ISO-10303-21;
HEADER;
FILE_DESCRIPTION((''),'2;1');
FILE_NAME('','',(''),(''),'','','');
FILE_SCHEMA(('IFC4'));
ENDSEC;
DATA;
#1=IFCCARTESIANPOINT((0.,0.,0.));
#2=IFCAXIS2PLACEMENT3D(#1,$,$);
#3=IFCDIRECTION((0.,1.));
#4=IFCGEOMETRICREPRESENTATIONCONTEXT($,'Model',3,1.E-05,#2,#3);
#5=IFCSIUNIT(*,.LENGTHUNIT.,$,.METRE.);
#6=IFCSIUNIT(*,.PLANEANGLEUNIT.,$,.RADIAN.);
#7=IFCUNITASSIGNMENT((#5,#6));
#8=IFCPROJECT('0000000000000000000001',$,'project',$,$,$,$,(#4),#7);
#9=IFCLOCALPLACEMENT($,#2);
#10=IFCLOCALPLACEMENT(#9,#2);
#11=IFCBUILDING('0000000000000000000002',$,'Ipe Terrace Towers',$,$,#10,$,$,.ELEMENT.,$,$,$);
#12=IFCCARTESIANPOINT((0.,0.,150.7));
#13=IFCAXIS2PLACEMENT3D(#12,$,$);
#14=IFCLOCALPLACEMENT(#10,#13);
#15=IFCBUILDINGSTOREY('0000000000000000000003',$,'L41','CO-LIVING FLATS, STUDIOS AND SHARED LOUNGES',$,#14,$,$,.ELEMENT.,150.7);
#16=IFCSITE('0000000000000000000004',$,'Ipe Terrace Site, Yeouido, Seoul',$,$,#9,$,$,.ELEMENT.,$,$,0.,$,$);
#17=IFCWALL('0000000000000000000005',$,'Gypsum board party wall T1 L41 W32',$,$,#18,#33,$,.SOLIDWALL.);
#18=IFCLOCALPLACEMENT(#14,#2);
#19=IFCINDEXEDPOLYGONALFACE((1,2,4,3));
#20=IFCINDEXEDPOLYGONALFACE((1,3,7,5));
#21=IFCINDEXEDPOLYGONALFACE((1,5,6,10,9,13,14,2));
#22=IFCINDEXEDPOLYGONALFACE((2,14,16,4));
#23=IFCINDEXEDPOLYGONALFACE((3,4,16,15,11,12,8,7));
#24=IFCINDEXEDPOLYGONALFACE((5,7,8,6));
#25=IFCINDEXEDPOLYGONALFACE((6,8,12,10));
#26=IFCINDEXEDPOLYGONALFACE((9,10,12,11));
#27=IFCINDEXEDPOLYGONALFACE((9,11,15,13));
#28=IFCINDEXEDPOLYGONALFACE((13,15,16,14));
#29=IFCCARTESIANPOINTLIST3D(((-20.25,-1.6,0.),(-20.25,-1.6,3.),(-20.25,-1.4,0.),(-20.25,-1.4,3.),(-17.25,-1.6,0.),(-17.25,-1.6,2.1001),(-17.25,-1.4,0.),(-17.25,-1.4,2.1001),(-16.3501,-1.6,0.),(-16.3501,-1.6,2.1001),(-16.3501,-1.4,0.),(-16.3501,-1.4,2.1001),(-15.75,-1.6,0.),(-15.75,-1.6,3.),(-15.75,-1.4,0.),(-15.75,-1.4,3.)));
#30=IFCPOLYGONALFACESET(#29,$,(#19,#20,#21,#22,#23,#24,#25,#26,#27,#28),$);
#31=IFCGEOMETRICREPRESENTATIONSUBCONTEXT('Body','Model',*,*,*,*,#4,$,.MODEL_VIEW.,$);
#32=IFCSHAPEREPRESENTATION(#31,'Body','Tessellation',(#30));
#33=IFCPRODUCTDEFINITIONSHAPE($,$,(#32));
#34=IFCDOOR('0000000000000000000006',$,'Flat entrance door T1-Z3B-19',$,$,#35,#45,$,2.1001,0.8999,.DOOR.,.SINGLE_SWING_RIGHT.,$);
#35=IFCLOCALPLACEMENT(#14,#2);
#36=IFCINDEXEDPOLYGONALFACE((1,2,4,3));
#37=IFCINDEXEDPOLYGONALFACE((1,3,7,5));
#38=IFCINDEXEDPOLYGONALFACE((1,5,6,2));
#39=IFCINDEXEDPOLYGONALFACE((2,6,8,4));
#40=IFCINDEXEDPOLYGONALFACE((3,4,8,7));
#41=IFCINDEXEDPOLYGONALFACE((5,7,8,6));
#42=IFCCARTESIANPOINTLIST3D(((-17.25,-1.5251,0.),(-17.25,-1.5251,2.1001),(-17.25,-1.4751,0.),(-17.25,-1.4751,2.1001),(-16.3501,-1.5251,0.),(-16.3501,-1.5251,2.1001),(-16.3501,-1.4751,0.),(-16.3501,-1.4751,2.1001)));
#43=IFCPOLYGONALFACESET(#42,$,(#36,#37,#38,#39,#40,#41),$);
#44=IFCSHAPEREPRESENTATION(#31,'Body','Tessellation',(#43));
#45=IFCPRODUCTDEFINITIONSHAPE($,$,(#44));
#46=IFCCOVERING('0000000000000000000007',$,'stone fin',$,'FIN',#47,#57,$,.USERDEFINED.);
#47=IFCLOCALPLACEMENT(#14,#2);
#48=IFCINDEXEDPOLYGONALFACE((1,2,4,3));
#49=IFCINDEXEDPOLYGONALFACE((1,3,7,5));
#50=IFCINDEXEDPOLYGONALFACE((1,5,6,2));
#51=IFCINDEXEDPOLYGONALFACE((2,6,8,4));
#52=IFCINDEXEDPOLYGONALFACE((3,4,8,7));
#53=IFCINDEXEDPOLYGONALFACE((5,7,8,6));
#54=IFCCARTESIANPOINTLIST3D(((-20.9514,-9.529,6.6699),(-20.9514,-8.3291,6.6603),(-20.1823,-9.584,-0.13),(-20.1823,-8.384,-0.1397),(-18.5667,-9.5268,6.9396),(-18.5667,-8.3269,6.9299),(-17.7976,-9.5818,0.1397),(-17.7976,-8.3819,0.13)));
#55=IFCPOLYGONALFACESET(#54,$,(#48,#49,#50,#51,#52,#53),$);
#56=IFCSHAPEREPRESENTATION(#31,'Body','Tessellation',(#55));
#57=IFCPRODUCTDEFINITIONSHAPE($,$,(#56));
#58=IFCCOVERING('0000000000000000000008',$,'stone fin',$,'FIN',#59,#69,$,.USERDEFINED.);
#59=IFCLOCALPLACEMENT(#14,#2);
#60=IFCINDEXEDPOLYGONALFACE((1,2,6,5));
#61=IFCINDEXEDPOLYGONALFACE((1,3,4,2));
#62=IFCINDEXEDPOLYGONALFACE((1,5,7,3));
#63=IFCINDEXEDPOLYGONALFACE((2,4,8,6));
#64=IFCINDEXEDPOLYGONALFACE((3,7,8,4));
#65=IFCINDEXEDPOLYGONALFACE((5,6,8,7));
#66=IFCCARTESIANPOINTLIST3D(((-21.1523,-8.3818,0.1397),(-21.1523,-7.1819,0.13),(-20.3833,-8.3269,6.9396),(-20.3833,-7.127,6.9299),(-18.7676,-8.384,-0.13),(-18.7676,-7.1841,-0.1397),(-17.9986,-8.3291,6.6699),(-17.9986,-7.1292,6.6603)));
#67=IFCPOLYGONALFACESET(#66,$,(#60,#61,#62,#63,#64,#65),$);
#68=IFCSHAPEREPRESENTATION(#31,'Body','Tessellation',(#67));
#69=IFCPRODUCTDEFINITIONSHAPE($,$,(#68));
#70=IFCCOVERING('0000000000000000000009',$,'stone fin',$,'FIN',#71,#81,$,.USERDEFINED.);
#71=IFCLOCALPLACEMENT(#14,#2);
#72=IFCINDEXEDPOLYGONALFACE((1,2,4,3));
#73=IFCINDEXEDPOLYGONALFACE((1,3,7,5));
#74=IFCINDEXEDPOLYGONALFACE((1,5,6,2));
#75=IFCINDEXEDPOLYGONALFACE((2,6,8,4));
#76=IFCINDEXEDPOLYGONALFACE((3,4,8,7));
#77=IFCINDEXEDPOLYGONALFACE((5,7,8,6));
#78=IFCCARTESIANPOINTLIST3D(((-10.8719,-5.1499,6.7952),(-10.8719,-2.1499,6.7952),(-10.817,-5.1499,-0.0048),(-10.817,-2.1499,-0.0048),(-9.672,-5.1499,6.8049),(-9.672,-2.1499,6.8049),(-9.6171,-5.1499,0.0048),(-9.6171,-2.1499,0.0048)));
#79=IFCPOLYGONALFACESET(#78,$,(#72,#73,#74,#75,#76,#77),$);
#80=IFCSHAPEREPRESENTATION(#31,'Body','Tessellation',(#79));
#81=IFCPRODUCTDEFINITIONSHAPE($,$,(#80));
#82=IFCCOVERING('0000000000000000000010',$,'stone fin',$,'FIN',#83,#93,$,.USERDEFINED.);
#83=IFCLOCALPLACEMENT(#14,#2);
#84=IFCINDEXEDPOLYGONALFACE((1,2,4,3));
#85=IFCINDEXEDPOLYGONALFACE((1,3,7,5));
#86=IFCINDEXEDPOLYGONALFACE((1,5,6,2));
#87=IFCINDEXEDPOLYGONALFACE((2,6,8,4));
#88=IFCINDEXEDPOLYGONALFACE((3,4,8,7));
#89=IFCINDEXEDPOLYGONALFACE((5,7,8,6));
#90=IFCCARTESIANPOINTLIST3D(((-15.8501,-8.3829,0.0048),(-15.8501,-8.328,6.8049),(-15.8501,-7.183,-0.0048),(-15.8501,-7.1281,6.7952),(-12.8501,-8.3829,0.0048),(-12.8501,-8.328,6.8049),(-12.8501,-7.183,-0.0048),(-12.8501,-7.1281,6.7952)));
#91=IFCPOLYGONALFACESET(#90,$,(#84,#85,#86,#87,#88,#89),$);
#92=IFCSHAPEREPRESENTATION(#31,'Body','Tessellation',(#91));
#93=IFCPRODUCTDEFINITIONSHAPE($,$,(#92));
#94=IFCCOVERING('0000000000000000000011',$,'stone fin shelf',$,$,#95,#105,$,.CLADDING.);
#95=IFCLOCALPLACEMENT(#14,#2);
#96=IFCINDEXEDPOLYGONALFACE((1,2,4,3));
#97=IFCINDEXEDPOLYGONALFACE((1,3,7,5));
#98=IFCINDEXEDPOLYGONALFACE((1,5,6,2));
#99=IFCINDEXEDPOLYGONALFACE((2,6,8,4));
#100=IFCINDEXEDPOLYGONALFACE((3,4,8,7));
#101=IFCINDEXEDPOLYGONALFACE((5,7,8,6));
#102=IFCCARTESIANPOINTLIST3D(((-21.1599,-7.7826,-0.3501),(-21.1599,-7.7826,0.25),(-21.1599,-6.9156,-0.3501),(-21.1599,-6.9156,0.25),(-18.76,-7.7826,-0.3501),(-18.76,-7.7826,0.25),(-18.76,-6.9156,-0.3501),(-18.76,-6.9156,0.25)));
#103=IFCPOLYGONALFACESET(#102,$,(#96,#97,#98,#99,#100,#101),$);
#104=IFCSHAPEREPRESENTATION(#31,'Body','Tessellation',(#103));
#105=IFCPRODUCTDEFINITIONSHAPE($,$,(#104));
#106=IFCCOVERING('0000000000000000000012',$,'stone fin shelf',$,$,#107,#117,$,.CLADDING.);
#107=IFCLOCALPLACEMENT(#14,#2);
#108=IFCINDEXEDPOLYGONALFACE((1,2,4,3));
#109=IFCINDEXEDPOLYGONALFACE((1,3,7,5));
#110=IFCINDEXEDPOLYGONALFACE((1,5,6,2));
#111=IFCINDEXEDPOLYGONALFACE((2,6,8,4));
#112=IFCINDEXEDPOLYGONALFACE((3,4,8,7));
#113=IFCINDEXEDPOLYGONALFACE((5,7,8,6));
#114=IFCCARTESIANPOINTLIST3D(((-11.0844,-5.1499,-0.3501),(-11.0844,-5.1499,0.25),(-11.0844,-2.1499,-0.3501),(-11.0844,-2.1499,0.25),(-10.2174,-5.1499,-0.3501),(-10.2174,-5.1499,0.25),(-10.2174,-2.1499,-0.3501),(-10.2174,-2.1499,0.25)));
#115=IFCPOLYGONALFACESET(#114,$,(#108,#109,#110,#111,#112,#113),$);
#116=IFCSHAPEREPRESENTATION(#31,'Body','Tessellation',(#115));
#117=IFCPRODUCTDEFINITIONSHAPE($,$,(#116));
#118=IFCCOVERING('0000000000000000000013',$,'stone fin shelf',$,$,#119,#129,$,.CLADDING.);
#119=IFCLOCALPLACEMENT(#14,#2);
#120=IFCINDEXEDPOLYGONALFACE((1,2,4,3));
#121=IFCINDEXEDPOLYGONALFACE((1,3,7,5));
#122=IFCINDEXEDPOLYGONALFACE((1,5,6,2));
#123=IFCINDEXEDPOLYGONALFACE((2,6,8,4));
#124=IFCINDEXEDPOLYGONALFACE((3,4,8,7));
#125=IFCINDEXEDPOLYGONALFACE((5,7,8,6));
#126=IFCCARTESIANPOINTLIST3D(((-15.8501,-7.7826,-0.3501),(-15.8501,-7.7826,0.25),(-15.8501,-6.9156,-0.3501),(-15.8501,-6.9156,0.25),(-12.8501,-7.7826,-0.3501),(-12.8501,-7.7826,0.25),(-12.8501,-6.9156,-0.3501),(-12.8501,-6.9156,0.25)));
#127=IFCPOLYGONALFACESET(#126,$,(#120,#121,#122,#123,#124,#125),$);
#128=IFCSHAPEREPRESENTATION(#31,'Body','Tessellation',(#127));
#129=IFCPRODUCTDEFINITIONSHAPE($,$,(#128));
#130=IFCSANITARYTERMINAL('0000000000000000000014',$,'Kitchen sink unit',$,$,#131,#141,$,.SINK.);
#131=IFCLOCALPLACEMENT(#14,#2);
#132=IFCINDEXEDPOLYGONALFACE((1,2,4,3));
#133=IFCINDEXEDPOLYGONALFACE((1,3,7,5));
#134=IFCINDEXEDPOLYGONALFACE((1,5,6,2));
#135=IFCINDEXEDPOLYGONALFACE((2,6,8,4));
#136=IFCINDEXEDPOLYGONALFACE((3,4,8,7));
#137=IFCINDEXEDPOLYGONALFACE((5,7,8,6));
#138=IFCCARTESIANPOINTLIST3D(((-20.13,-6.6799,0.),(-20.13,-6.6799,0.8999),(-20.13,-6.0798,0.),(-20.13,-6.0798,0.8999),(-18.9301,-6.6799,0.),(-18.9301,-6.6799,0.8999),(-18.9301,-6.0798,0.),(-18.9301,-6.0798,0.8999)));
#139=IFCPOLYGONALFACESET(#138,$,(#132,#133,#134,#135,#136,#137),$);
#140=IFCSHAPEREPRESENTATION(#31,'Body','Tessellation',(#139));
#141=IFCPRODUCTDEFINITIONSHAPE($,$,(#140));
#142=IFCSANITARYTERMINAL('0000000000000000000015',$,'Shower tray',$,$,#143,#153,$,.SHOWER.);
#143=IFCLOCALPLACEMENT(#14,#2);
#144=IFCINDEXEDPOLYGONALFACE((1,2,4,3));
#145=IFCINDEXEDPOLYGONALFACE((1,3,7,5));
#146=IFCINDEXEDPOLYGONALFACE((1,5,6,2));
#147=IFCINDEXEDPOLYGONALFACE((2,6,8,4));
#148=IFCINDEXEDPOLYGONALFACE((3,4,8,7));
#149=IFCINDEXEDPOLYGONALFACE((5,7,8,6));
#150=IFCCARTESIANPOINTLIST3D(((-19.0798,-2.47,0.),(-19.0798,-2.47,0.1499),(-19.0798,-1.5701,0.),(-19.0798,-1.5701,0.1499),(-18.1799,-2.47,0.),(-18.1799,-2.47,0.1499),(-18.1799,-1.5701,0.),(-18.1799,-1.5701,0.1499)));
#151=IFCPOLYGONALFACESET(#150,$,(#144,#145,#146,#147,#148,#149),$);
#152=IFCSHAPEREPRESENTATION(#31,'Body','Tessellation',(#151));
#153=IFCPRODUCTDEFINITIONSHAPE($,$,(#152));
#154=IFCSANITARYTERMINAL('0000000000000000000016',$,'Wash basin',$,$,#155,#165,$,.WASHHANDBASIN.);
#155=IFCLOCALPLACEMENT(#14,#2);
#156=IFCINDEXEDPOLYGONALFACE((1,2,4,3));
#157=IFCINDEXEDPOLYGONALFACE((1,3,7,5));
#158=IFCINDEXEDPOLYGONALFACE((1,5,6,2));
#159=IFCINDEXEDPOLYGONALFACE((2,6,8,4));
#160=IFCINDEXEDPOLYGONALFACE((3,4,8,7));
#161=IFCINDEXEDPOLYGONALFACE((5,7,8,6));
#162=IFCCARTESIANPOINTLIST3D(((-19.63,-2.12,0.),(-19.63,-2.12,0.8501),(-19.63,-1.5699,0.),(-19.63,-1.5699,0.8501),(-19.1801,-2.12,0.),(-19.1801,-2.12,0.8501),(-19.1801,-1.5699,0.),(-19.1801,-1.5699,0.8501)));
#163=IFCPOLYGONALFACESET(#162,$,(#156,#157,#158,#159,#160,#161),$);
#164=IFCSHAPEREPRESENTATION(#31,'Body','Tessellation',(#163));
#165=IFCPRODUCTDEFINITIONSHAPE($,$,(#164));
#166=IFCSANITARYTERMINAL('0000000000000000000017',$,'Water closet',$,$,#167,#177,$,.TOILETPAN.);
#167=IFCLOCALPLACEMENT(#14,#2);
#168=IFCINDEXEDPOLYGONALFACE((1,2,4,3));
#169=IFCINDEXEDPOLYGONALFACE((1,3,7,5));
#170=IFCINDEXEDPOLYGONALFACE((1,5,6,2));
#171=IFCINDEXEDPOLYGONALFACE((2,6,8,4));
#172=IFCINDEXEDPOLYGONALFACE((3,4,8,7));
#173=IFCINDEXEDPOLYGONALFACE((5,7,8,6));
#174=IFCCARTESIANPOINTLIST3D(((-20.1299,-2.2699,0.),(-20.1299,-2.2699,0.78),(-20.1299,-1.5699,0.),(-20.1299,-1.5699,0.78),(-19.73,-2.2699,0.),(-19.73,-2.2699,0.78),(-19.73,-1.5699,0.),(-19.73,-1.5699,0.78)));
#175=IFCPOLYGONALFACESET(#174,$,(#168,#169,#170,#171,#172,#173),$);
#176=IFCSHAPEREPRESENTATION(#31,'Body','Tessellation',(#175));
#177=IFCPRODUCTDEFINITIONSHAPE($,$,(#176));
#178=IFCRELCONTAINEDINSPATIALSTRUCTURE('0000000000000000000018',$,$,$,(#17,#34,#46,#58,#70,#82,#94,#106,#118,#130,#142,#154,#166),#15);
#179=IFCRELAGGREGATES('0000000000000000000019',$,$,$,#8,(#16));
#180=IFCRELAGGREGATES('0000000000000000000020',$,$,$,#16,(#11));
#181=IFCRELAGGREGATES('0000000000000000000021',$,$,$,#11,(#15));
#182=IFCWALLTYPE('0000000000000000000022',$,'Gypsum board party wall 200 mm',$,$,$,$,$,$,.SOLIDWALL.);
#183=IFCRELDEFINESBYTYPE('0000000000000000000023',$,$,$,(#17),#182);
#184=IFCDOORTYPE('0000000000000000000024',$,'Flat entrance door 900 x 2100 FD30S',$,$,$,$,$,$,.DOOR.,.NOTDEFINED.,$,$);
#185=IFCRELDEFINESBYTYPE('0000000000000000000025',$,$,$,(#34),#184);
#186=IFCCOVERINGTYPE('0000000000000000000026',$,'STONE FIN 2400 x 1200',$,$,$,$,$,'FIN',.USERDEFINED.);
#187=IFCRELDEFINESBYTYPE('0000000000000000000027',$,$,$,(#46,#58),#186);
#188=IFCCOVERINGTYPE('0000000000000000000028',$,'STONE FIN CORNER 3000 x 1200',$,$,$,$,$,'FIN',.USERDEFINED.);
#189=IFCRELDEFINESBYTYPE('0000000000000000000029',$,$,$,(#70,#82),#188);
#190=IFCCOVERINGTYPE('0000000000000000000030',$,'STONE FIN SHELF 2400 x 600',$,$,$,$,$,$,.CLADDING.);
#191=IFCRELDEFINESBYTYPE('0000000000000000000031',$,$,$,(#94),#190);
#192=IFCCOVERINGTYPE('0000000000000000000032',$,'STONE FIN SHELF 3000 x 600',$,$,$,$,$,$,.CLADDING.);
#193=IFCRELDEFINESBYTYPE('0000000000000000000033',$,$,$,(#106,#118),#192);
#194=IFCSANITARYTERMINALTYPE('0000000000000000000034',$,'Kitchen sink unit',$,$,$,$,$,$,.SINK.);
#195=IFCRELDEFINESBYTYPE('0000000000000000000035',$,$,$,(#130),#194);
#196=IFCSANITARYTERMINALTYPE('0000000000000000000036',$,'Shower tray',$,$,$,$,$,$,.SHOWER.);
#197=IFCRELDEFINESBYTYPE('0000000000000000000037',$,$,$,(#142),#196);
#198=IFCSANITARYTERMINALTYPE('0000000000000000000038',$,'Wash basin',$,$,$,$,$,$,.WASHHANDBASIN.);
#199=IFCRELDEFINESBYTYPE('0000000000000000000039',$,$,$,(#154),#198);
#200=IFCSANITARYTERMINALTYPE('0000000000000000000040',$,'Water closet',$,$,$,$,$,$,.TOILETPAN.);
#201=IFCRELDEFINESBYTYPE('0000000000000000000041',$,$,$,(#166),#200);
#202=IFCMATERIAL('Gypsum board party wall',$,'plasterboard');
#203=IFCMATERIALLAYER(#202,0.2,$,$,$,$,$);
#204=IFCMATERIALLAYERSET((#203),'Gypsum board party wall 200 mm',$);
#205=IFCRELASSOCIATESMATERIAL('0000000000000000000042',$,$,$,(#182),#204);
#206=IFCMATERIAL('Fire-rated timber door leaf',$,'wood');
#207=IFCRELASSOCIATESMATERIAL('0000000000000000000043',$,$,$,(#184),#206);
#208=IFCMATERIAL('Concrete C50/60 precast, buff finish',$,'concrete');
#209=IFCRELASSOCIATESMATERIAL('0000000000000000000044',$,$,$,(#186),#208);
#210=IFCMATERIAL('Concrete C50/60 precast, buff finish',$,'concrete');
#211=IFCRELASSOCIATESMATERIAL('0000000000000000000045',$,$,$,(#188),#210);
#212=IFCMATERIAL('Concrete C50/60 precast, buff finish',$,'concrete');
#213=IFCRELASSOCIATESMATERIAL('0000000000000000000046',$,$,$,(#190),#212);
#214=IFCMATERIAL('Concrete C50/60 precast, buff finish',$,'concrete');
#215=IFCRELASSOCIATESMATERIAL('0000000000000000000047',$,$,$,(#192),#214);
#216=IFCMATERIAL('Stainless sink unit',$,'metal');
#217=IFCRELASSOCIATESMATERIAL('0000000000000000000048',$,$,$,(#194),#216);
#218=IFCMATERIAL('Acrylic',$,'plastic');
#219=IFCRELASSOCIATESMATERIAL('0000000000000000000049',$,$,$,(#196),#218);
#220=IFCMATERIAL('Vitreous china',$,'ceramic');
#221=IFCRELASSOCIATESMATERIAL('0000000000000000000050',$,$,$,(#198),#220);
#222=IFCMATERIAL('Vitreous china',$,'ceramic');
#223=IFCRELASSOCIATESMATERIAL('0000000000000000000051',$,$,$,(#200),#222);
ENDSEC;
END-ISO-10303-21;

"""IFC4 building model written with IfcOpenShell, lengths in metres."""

from ifc_helpers import new_model, si_unit, direction, frame, frame_2d, origin, origin_2d, place, context, subcontext, project, spatial, rectangle, extrude, material, layer, layer_set, material_profile, profile_set, type_object, element, fill, save


model = new_model("IFC4")

# Units and contexts
model_context = context("Model", 3, precision=1e-05, world=origin(), true_north=direction((0.0, 1.0)))
body_context = subcontext(model_context, "Body", "Model", "MODEL_VIEW")
ifc_project = project(units=[si_unit("LENGTHUNIT", "METRE"), si_unit("PLANEANGLEUNIT", "RADIAN")], contexts=[model_context])

# Site, building, storey
site_placement = place(None, origin())
site = spatial("IfcSite", under=ifc_project, at=site_placement, Name="Ipe Terrace Site, Yeouido, Seoul", CompositionType="ELEMENT", RefElevation=0.0)
building_placement = place(site_placement, origin())
building = spatial("IfcBuilding", under=site, at=building_placement, Name="Ipe Terrace Towers", CompositionType="ELEMENT")
storey_placement = place(building_placement, frame((0.0, 0.0, 150.7)))
storey = spatial("IfcBuildingStorey", under=building, at=storey_placement, Name="L41", Description="CO-LIVING FLATS, STUDIOS AND SHARED LOUNGES", CompositionType="ELEMENT", Elevation=150.7)

# Shared definitions
ifc_material_1 = material(Name="Gypsum board party wall", Category="plasterboard")
ifc_layer_1 = layer(ifc_material_1, 0.2)
ifc_layer_set_1 = layer_set([ifc_layer_1], Name="Gypsum board party wall 200 mm")
wall_type_1 = type_object("IfcWallType", Name="Gypsum board party wall 200 mm", PredefinedType="SOLIDWALL", material=ifc_layer_set_1)

# Wall, opening, door
wall_1_placement = place(storey_placement, frame((-20.25, -1.5, 0.0), z_axis=(0.0, 0.0, 1.0), x_axis=(1.0, 0.0, 0.0)))
wall_1 = element("IfcWall", 1, at=wall_1_placement, inside=storey, type_object=wall_type_1, Name="Gypsum board party wall T1 L41 W32", PredefinedType="SOLIDWALL", context=body_context, shape_type="SweptSolid", body=[
    extrude(rectangle(XDim=4.5, YDim=0.2, at=frame_2d((2.25, 0.0))), origin(), (0.0, 0.0, 1.0), 3.0),
])
opening_1_placement = place(wall_1_placement, frame((3.0, 0.0, 0.0)))
opening_1 = element("IfcOpeningElement", 2, at=opening_1_placement, cuts=wall_1, PredefinedType="OPENING", context=body_context, shape_type="SweptSolid", body=[
    extrude(rectangle(XDim=0.8999, YDim=2.1001, at=frame_2d((0.45, 1.05))), frame((0.0, 0.1099, 0.0), z_axis=(0.0, -1.0, 0.0), x_axis=(1.0, 0.0, 0.0)), (0.0, 0.0, 1.0), 0.22),
])
ifc_material_2 = material(Name="Fire-rated timber door leaf", Category="wood")
door_type_1 = type_object("IfcDoorType", Name="Flat entrance door 900 x 2100 FD30S", OperationType="NOTDEFINED", PredefinedType="DOOR", material=ifc_material_2)
door_1_placement = place(opening_1_placement, origin())
door_1 = element("IfcDoor", 3, at=door_1_placement, inside=storey, type_object=door_type_1, Name="Flat entrance door T1-Z3B-19", OperationType="SINGLE_SWING_RIGHT", OverallHeight=2.1001, OverallWidth=0.8999, PredefinedType="DOOR", context=body_context, shape_type="SweptSolid", body=[
    extrude(rectangle(XDim=0.8999, YDim=2.1001, at=frame_2d((0.45, 1.05))), frame((0.0, 0.0249, 0.0), z_axis=(0.0, -1.0, 0.0), x_axis=(1.0, 0.0, 0.0)), (0.0, 0.0, 1.0), 0.05),
])
fill(opening_1, door_1)

# Coverings
ifc_material_3 = material(Name="Concrete C50/60 precast, buff finish", Category="concrete")
ifc_material_profile_1 = material_profile(ifc_material_3, rectangle(XDim=2.3999, YDim=1.2, at=origin_2d()), Name="STONE FIN 2400 x 1200")
ifc_profile_set_1 = profile_set([ifc_material_profile_1], Name="Concrete C50/60 precast, buff finish")
covering_type_1 = type_object("IfcCoveringType", Name="STONE FIN 2400 x 1200", ElementType="FIN", PredefinedType="USERDEFINED", material=ifc_profile_set_1)
for number, where, z_axis, x_axis, name in (
    (4, (-18.99, -8.9829, 0.0), (-0.112374, 0.008027, 0.993634), (0.993666, 0.000908, 0.11237), "stone fin"),
    (5, (-19.96, -7.783, 0.0), (0.112374, 0.008027, 0.993634), (0.993666, -0.000908, -0.11237), "stone fin"),
):
    element("IfcCovering", number, at=place(storey_placement, frame(where, z_axis=z_axis, x_axis=x_axis)), inside=storey, type_object=covering_type_1, Name=name, ObjectType="FIN", PredefinedType="USERDEFINED", context=body_context, shape_type="SweptSolid", body=[
        extrude(rectangle(XDim=2.3999, YDim=1.2, at=origin_2d()), origin(), (0.0, 0.0, 1.0), 6.8435),
    ])
ifc_material_4 = material(Name="Concrete C50/60 precast, buff finish", Category="concrete")
ifc_material_profile_2 = material_profile(ifc_material_4, rectangle(XDim=3.0, YDim=1.2, at=origin_2d()), Name="STONE FIN CORNER 3000 x 1200")
ifc_profile_set_2 = profile_set([ifc_material_profile_2], Name="Concrete C50/60 precast, buff finish")
covering_type_2 = type_object("IfcCoveringType", Name="STONE FIN CORNER 3000 x 1200", ElementType="FIN", PredefinedType="USERDEFINED", material=ifc_profile_set_2)
for number, where, z_axis, x_axis, name in (
    (6, (-10.217, -3.6499, 0.0), (-0.008078, 0.0, 0.999967), (0.0, 1.0, 0.0), "stone fin"),
    (7, (-14.3501, -7.783, 0.0), (0.0, 0.008078, 0.999967), (1.0, 0.0, 0.0), "stone fin"),
):
    element("IfcCovering", number, at=place(storey_placement, frame(where, z_axis=z_axis, x_axis=x_axis)), inside=storey, type_object=covering_type_2, Name=name, ObjectType="FIN", PredefinedType="USERDEFINED", context=body_context, shape_type="SweptSolid", body=[
        extrude(rectangle(XDim=3.0, YDim=1.2, at=origin_2d()), origin(), (0.0, 0.0, 1.0), 6.8003),
    ])
ifc_material_5 = material(Name="Concrete C50/60 precast, buff finish", Category="concrete")
covering_type_3 = type_object("IfcCoveringType", Name="STONE FIN SHELF 2400 x 600", PredefinedType="CLADDING", material=ifc_material_5)
covering_placement = place(storey_placement, frame((-19.96, -7.3491, -0.3501), z_axis=(0.0, 0.0, 1.0), x_axis=(1.0, 0.0, 0.0)))
element("IfcCovering", 8, at=covering_placement, inside=storey, type_object=covering_type_3, Name="stone fin shelf", PredefinedType="CLADDING", context=body_context, shape_type="SweptSolid", body=[
    extrude(rectangle(XDim=2.3999, YDim=0.8669, at=origin_2d()), origin(), (0.0, 0.0, 1.0), 0.6001),
])
ifc_material_6 = material(Name="Concrete C50/60 precast, buff finish", Category="concrete")
covering_type_4 = type_object("IfcCoveringType", Name="STONE FIN SHELF 3000 x 600", PredefinedType="CLADDING", material=ifc_material_6)
for number, where, z_axis, x_axis, name in (
    (9, (-10.6509, -3.6499, -0.3501), (0.0, 0.0, 1.0), (0.0, 1.0, 0.0), "stone fin shelf"),
    (10, (-14.3501, -7.3491, -0.3501), (0.0, 0.0, 1.0), (1.0, 0.0, 0.0), "stone fin shelf"),
):
    element("IfcCovering", number, at=place(storey_placement, frame(where, z_axis=z_axis, x_axis=x_axis)), inside=storey, type_object=covering_type_4, Name=name, PredefinedType="CLADDING", context=body_context, shape_type="SweptSolid", body=[
        extrude(rectangle(XDim=3.0, YDim=0.8669, at=origin_2d()), origin(), (0.0, 0.0, 1.0), 0.6001),
    ])

# Sanitary terminals
ifc_material_7 = material(Name="Stainless sink unit", Category="metal")
sanitary_terminal_type_1 = type_object("IfcSanitaryTerminalType", Name="Kitchen sink unit", PredefinedType="SINK", material=ifc_material_7)
sanitary_terminal_1_placement = place(storey_placement, frame((-19.53, -6.3799, 0.0), z_axis=(0.0, 0.0, 1.0), x_axis=(-1.0, 0.0, 0.0)))
element("IfcSanitaryTerminal", 11, at=sanitary_terminal_1_placement, inside=storey, type_object=sanitary_terminal_type_1, Name="Kitchen sink unit", PredefinedType="SINK", context=body_context, shape_type="SweptSolid", body=[
    extrude(rectangle(XDim=1.2, YDim=0.6001, at=origin_2d()), origin(), (0.0, 0.0, 1.0), 0.8999),
])
ifc_material_8 = material(Name="Acrylic", Category="plastic")
sanitary_terminal_type_2 = type_object("IfcSanitaryTerminalType", Name="Shower tray", PredefinedType="SHOWER", material=ifc_material_8)
sanitary_terminal_2_placement = place(storey_placement, frame((-18.6299, -2.02, 0.0), z_axis=(0.0, 0.0, 1.0), x_axis=(0.0, -1.0, 0.0)))
element("IfcSanitaryTerminal", 12, at=sanitary_terminal_2_placement, inside=storey, type_object=sanitary_terminal_type_2, Name="Shower tray", PredefinedType="SHOWER", context=body_context, shape_type="SweptSolid", body=[
    extrude(rectangle(XDim=0.8999, YDim=0.8999, at=origin_2d()), origin(), (0.0, 0.0, 1.0), 0.1499),
])
ifc_material_9 = material(Name="Vitreous china", Category="ceramic")
sanitary_terminal_type_3 = type_object("IfcSanitaryTerminalType", Name="Wash basin", PredefinedType="WASHHANDBASIN", material=ifc_material_9)
sanitary_terminal_3_placement = place(storey_placement, frame((-19.405, -1.845, 0.0), z_axis=(0.0, 0.0, 1.0), x_axis=(0.0, -1.0, 0.0)))
element("IfcSanitaryTerminal", 13, at=sanitary_terminal_3_placement, inside=storey, type_object=sanitary_terminal_type_3, Name="Wash basin", PredefinedType="WASHHANDBASIN", context=body_context, shape_type="SweptSolid", body=[
    extrude(rectangle(XDim=0.55, YDim=0.45, at=origin_2d()), origin(), (0.0, 0.0, 1.0), 0.8501),
])
ifc_material_10 = material(Name="Vitreous china", Category="ceramic")
sanitary_terminal_type_4 = type_object("IfcSanitaryTerminalType", Name="Water closet", PredefinedType="TOILETPAN", material=ifc_material_10)
sanitary_terminal_4_placement = place(storey_placement, frame((-19.9299, -1.9199, 0.0), z_axis=(0.0, 0.0, 1.0), x_axis=(0.0, -1.0, 0.0)))
element("IfcSanitaryTerminal", 14, at=sanitary_terminal_4_placement, inside=storey, type_object=sanitary_terminal_type_4, Name="Water closet", PredefinedType="TOILETPAN", context=body_context, shape_type="SweptSolid", body=[
    extrude(rectangle(XDim=0.7, YDim=0.3999, at=origin_2d()), origin(), (0.0, 0.0, 1.0), 0.78),
])

save(model, "model.ifc")
